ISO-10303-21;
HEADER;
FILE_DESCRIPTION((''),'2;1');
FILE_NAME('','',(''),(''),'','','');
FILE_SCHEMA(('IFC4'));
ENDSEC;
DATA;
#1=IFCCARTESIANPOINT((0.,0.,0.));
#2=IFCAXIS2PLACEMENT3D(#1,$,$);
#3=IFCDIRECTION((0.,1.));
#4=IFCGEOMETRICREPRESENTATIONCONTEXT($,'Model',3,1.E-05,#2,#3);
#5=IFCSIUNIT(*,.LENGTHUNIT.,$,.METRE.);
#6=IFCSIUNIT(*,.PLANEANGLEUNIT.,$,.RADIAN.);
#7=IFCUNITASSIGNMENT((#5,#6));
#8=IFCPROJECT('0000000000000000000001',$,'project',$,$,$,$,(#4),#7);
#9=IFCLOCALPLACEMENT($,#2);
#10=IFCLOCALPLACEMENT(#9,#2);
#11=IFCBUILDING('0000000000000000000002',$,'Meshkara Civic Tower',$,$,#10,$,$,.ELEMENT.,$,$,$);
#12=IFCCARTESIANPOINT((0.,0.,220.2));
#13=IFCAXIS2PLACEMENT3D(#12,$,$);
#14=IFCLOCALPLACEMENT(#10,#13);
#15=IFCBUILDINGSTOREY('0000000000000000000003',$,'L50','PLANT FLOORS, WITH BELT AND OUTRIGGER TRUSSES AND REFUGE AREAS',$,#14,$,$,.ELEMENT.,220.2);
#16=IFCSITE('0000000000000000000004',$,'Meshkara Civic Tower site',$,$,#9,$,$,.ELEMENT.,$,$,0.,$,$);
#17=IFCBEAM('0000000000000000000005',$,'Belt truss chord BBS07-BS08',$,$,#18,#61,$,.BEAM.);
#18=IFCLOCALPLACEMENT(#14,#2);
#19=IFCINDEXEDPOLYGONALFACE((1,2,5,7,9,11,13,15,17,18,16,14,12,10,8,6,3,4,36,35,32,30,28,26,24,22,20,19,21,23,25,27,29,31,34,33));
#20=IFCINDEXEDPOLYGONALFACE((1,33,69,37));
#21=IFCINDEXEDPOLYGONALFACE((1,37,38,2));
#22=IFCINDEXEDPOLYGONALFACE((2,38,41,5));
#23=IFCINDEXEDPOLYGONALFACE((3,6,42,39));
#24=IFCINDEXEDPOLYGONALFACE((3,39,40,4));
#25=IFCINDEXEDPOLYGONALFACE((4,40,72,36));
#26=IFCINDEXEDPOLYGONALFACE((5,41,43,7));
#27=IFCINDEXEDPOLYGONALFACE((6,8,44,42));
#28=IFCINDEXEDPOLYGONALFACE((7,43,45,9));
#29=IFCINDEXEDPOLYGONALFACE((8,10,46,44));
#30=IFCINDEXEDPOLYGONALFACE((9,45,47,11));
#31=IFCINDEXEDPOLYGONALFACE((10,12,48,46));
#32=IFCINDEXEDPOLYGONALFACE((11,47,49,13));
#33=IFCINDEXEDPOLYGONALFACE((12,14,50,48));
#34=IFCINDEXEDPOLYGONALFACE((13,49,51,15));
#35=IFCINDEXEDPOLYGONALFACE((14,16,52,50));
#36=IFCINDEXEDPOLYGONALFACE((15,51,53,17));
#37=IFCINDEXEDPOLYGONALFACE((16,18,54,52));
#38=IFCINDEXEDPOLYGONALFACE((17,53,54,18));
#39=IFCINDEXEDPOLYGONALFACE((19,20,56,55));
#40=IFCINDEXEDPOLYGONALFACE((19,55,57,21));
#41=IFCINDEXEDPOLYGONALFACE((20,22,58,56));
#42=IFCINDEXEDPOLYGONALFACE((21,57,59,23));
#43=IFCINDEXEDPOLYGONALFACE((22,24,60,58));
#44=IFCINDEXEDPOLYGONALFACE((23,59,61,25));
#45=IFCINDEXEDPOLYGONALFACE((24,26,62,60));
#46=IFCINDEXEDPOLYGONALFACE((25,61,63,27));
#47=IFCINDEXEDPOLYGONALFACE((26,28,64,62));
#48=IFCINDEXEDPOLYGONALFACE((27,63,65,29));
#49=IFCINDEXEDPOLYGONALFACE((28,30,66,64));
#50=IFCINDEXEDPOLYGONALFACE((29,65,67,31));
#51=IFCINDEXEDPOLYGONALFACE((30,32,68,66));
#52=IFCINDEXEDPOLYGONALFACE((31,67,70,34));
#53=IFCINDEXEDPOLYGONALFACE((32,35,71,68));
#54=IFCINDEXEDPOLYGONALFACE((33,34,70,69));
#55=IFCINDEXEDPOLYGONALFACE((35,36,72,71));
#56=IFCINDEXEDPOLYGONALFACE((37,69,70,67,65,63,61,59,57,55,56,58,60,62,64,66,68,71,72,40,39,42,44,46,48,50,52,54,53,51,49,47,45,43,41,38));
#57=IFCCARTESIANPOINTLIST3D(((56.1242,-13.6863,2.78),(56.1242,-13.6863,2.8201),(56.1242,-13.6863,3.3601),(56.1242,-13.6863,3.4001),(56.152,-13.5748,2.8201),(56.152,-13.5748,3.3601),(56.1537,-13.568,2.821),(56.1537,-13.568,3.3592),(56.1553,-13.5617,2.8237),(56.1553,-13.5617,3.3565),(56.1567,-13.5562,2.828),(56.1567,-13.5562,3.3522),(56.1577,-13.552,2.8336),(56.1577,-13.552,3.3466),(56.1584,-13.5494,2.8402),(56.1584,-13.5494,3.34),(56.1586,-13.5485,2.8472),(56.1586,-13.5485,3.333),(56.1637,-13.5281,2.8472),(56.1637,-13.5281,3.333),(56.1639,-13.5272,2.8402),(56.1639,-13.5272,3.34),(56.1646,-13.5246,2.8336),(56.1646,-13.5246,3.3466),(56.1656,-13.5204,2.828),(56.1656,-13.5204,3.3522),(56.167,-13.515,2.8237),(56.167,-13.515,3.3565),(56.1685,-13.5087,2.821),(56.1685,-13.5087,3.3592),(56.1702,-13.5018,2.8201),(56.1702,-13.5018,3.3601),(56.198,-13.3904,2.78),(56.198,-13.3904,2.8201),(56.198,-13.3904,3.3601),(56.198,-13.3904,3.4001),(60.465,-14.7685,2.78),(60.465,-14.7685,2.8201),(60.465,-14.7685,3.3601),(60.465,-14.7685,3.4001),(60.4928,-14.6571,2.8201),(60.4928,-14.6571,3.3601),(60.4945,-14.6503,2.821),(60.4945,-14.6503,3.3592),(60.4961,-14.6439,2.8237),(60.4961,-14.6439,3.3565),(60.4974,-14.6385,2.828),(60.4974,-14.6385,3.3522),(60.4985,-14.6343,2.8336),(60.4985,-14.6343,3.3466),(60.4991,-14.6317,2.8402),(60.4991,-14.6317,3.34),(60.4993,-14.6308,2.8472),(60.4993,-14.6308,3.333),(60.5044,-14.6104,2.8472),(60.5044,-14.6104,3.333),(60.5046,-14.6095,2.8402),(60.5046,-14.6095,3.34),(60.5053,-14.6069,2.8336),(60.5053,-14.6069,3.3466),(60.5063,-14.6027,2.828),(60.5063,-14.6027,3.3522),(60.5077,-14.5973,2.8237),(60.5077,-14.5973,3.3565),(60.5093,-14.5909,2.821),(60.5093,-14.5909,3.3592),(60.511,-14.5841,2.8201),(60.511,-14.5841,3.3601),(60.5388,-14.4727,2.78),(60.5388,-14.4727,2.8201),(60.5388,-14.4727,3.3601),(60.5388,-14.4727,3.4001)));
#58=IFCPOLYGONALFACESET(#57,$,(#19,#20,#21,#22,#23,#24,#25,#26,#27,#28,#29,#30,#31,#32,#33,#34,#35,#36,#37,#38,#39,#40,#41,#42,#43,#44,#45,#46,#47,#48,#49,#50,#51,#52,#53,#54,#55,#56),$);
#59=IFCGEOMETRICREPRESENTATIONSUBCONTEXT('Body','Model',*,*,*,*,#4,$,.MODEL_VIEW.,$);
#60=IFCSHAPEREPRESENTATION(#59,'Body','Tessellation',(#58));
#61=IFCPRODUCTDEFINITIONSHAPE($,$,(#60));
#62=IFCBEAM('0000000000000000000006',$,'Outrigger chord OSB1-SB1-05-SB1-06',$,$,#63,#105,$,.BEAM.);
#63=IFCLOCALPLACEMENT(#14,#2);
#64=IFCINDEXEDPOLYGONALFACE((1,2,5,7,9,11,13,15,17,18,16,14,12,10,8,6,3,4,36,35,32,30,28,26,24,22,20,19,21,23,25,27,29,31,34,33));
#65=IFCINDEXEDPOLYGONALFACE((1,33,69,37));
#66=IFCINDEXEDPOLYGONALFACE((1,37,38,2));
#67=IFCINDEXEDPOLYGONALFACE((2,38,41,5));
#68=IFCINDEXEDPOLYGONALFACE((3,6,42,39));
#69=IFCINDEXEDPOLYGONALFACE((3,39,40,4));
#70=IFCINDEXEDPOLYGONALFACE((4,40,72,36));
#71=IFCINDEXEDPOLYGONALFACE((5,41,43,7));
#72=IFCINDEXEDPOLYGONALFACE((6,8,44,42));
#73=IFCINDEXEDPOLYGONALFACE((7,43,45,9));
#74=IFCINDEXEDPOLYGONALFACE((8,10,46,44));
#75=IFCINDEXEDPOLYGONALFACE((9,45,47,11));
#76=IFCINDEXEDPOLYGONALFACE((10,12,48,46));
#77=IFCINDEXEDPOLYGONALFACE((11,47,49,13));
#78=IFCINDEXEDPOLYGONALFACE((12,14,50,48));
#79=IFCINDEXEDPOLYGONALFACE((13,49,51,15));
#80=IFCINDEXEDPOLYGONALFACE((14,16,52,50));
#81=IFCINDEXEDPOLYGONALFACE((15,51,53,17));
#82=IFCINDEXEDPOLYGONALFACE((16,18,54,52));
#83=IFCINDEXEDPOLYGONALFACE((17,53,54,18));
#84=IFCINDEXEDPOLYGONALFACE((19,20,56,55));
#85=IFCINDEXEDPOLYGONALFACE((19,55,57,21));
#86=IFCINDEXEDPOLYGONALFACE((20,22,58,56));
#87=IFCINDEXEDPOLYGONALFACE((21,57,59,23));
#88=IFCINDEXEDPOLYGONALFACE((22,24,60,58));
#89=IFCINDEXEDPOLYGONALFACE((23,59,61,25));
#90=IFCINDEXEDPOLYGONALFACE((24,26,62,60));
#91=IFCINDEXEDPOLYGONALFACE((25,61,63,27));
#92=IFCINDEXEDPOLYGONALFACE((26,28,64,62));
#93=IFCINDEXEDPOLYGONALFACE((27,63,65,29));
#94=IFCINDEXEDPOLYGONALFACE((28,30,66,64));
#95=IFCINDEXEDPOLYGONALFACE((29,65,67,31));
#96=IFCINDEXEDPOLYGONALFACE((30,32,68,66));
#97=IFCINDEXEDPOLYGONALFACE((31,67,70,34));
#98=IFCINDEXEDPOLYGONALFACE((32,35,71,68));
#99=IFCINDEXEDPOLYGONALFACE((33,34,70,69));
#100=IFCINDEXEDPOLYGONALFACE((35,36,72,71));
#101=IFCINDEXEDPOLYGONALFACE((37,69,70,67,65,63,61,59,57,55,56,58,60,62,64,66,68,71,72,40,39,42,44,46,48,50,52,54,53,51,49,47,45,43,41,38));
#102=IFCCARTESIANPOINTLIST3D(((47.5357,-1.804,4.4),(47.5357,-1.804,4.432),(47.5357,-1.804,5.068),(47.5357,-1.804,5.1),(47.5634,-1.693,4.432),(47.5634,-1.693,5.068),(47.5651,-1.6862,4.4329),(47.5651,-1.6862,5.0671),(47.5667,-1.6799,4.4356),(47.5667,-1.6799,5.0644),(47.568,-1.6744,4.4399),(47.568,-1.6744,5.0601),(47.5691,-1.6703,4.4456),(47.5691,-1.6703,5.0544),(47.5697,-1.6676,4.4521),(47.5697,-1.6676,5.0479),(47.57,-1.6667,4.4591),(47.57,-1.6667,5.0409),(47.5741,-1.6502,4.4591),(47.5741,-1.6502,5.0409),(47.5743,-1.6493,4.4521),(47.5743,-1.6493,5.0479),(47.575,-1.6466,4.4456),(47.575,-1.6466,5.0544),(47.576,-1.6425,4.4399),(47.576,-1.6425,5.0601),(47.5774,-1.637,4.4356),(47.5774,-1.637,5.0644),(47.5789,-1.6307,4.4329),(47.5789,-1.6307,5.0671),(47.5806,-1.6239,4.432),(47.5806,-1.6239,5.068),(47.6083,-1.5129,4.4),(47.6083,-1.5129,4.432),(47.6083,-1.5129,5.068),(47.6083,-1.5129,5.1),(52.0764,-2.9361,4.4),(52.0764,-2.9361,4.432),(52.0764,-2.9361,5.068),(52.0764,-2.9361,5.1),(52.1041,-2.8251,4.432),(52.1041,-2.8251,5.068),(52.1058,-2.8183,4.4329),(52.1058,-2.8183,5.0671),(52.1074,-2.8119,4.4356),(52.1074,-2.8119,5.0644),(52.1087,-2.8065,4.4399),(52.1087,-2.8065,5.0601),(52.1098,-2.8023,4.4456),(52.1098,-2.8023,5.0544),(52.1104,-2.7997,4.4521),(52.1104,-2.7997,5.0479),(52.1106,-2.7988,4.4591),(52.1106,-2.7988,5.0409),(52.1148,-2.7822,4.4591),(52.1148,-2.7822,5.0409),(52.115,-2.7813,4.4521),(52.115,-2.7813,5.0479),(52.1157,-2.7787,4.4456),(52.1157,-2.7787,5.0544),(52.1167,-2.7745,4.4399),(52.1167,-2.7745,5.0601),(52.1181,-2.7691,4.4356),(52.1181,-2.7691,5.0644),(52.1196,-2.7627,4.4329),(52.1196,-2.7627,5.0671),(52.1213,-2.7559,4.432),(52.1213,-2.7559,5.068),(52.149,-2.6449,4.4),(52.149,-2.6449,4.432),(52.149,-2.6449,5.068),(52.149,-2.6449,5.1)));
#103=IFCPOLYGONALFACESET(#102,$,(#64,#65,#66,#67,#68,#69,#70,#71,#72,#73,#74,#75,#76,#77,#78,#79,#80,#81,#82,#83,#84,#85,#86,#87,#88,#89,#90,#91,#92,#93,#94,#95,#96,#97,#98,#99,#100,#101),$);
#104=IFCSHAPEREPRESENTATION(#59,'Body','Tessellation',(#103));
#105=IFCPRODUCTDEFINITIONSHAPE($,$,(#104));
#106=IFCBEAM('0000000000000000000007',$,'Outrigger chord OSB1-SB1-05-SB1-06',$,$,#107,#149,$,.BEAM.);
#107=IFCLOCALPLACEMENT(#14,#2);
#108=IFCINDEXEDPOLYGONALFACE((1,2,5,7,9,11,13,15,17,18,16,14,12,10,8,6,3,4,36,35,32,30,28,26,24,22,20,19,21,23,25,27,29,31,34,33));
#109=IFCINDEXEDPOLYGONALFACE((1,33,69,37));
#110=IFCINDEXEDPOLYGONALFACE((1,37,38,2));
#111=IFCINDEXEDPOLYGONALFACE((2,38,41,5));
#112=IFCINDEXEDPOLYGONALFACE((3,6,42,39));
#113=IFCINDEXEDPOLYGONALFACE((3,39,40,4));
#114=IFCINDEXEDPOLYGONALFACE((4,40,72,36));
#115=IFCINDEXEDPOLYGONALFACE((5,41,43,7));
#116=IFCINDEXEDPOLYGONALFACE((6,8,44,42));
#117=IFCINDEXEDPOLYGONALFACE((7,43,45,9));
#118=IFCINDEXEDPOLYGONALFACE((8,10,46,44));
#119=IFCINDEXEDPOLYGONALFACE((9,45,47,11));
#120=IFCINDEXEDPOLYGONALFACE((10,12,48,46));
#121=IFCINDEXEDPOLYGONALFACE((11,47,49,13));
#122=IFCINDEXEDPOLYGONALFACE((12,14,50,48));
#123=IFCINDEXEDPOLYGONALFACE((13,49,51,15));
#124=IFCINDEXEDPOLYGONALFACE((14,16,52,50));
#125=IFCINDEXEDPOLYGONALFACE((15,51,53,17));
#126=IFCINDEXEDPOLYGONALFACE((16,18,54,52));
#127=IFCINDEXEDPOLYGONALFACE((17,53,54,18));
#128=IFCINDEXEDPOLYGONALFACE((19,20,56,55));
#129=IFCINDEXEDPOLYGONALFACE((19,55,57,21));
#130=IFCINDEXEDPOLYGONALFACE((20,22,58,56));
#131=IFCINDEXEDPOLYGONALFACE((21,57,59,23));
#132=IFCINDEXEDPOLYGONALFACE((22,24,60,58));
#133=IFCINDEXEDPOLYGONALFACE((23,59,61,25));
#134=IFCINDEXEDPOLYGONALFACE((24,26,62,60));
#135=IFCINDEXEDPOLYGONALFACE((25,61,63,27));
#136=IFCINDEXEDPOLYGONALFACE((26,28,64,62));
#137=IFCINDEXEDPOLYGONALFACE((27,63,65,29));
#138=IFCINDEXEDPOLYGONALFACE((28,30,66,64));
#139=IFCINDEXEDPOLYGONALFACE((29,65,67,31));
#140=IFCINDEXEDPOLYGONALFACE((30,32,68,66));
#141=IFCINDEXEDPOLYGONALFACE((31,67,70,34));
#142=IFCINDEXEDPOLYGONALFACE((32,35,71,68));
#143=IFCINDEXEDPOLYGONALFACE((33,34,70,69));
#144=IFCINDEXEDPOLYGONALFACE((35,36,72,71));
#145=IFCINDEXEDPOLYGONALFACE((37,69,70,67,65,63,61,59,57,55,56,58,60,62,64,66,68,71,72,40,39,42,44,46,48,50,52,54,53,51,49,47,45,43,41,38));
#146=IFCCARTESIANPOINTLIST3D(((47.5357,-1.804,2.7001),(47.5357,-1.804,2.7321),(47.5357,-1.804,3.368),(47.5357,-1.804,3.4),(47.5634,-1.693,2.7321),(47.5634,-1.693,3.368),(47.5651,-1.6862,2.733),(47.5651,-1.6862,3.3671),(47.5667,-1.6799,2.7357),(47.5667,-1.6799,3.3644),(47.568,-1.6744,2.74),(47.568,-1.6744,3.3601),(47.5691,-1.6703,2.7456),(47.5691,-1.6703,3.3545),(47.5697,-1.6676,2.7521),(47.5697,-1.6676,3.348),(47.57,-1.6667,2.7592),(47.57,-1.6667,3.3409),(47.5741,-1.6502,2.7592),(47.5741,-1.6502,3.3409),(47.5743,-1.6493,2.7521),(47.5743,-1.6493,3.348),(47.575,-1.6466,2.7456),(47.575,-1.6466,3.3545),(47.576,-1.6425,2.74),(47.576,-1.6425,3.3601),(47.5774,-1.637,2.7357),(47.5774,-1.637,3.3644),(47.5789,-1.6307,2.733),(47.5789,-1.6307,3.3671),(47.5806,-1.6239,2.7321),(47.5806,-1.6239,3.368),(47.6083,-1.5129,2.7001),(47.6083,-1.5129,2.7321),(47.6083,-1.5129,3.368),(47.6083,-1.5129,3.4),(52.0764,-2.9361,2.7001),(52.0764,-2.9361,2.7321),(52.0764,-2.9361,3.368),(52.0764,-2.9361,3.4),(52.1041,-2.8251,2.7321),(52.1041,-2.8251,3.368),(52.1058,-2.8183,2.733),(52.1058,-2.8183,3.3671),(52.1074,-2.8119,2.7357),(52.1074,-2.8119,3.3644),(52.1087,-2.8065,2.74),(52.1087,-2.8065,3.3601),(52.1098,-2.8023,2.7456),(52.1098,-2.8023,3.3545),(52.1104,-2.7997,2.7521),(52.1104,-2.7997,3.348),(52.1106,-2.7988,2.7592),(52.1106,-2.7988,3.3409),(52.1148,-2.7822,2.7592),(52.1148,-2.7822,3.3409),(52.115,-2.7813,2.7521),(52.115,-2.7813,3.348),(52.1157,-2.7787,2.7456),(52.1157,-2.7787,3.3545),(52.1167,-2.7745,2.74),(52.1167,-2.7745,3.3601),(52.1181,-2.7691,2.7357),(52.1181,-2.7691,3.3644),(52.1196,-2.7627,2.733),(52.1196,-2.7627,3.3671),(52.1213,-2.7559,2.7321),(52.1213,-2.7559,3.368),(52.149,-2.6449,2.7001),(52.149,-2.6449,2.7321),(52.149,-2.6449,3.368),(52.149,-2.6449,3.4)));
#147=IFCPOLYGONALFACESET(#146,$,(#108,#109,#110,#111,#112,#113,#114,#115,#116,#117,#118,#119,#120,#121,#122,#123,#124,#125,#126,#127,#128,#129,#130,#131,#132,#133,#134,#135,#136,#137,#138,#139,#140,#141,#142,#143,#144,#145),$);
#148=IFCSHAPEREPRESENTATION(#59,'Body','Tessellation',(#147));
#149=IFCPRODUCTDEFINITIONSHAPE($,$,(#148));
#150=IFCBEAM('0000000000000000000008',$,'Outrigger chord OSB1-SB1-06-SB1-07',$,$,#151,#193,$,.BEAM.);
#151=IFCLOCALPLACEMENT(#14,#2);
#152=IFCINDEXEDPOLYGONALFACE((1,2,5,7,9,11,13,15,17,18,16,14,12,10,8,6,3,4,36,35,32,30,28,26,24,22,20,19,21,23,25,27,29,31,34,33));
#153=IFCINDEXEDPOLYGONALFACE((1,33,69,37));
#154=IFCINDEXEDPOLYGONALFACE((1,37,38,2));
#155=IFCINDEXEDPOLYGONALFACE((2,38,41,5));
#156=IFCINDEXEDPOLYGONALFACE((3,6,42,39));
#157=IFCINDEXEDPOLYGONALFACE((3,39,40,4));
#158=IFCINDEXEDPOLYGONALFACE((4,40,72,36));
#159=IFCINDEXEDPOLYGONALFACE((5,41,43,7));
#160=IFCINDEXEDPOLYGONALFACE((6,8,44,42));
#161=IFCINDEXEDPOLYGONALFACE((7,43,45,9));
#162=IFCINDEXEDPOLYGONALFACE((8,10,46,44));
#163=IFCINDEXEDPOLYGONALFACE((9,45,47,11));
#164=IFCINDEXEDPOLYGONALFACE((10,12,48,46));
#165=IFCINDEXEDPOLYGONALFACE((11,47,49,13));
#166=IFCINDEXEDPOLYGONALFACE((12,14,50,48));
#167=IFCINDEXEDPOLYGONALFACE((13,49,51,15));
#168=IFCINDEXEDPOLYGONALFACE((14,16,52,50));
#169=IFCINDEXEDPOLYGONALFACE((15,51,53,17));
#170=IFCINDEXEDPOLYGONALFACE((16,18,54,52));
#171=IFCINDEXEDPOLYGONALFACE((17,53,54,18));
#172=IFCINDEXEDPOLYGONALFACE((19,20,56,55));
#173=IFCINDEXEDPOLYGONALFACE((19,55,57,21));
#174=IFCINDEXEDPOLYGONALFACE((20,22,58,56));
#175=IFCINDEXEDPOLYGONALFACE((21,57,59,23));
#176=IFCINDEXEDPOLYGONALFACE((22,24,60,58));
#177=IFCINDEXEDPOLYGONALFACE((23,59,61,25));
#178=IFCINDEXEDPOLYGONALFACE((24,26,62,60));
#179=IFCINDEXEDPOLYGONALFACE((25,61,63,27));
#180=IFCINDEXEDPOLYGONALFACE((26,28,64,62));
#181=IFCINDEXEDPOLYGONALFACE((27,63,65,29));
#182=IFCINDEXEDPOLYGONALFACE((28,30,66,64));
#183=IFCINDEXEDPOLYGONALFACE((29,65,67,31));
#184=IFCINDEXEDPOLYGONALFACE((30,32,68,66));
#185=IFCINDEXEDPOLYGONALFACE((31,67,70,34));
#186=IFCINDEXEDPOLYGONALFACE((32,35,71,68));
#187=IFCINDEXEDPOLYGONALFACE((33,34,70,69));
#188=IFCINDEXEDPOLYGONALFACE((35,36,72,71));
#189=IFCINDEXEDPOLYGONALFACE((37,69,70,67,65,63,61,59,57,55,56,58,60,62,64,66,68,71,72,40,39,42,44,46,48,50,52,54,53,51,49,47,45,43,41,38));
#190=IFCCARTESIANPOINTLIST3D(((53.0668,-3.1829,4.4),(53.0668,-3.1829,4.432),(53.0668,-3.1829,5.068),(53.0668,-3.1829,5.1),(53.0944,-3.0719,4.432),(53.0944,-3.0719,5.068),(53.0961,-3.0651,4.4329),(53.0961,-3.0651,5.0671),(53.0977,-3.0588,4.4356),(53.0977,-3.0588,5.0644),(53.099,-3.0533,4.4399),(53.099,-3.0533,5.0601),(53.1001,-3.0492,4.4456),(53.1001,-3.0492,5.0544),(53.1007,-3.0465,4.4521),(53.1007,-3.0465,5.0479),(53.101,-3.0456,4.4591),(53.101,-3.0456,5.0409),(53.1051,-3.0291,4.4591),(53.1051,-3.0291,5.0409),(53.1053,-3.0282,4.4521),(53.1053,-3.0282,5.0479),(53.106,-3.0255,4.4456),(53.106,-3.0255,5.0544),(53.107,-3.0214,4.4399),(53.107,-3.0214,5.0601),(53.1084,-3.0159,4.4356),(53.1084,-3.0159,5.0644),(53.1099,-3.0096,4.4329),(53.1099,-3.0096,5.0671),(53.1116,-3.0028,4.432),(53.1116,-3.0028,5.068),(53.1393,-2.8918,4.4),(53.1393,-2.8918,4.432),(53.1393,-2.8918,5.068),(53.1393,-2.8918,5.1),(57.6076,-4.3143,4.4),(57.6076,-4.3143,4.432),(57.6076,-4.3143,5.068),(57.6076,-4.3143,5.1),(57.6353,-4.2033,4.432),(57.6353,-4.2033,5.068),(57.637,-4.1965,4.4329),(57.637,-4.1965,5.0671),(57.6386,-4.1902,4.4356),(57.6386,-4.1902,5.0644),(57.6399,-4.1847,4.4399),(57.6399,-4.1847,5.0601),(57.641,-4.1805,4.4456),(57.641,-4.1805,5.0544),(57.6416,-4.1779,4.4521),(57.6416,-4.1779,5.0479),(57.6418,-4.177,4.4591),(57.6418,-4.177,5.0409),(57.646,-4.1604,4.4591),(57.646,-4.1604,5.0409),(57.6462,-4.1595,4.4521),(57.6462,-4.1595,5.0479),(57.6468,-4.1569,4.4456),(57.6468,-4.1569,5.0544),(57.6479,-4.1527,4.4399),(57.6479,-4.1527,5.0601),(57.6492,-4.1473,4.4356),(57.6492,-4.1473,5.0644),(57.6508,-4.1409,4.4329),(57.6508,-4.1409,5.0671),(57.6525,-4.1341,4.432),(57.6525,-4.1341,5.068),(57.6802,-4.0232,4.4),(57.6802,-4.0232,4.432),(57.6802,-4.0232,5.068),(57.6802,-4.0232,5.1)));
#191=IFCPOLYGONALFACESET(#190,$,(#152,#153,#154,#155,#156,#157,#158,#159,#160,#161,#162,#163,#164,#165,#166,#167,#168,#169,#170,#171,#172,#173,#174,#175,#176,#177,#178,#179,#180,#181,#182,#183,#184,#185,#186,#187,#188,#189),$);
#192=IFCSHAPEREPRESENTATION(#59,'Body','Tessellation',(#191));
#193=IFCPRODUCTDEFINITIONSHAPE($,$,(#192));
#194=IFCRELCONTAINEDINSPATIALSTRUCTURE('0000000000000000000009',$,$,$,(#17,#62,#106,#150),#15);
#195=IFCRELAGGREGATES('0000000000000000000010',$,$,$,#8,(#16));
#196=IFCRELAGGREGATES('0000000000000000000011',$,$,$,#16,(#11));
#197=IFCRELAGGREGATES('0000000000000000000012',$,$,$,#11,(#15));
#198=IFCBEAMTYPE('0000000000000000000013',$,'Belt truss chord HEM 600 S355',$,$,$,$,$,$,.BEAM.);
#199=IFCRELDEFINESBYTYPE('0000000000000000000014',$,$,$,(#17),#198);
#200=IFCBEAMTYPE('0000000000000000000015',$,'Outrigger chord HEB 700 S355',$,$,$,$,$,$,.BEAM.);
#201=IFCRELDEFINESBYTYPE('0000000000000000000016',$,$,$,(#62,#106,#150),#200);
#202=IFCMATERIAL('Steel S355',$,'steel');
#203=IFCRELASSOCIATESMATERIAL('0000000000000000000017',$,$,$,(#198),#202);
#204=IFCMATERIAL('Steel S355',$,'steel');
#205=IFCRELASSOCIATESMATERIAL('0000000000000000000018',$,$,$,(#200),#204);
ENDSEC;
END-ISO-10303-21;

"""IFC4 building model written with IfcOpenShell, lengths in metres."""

from ifc_helpers import new_model, si_unit, direction, frame, origin, origin_2d, place, context, subcontext, project, spatial, i_section, extrude, material, material_profile, profile_set, type_object, element, save


model = new_model("IFC4")

# Units and contexts
model_context = context("Model", 3, precision=1e-05, world=origin(), true_north=direction((0.0, 1.0)))
body_context = subcontext(model_context, "Body", "Model", "MODEL_VIEW")
ifc_project = project(units=[si_unit("LENGTHUNIT", "METRE"), si_unit("PLANEANGLEUNIT", "RADIAN")], contexts=[model_context])

# Site, building, storey
site_placement = place(None, origin())
site = spatial("IfcSite", under=ifc_project, at=site_placement, Name="Meshkara Civic Tower site", CompositionType="ELEMENT", RefElevation=0.0)
building_placement = place(site_placement, origin())
building = spatial("IfcBuilding", under=site, at=building_placement, Name="Meshkara Civic Tower", CompositionType="ELEMENT")
storey_placement = place(building_placement, frame((0.0, 0.0, 220.2)))
storey = spatial("IfcBuildingStorey", under=building, at=storey_placement, Name="L50", Description="PLANT FLOORS, WITH BELT AND OUTRIGGER TRUSSES AND REFUGE AREAS", CompositionType="ELEMENT", Elevation=220.2)

# Beams
ifc_material_1 = material(Name="Steel S355", Category="steel")
ifc_material_profile_1 = material_profile(ifc_material_1, i_section(OverallWidth=0.3049, OverallDepth=0.6201, WebThickness=0.021, FlangeThickness=0.04, FilletRadius=0.0271, at=origin_2d()))
ifc_profile_set_1 = profile_set([ifc_material_profile_1], Name="Steel S355")
beam_type_1 = type_object("IfcBeamType", Name="Belt truss chord HEM 600 S355", PredefinedType="BEAM", material=ifc_profile_set_1)
for number, where, z_axis, x_axis, name in (
    (1, (56.1611, -13.5383, 3.0901), (0.970296, -0.241919, 0.0), (0.241919, 0.970296, 0.0), "Belt truss chord BBS07-BS08"),
):
    element("IfcBeam", number, at=place(storey_placement, frame(where, z_axis=z_axis, x_axis=x_axis)), inside=storey, type_object=beam_type_1, Name=name, PredefinedType="BEAM", context=body_context, shape_type="SweptSolid", body=[
        extrude(i_section(OverallWidth=0.3049, OverallDepth=0.6201, WebThickness=0.021, FlangeThickness=0.04, FilletRadius=0.0271, at=origin_2d()), origin(), (0.0, 0.0, 1.0), 4.4736),
    ])
ifc_material_2 = material(Name="Steel S355", Category="steel")
ifc_material_profile_2 = material_profile(ifc_material_2, i_section(OverallWidth=0.3, OverallDepth=0.7, WebThickness=0.0171, FlangeThickness=0.032, FilletRadius=0.0271, at=origin_2d()))
ifc_profile_set_2 = profile_set([ifc_material_profile_2], Name="Steel S355")
beam_type_2 = type_object("IfcBeamType", Name="Outrigger chord HEB 700 S355", PredefinedType="BEAM", material=ifc_profile_set_2)
for number, where, z_axis, x_axis, name in (
    (2, (47.572, -1.6584, 4.75), (0.970299, -0.24191, 0.0), (0.24191, 0.970299, 0.0), "Outrigger chord OSB1-SB1-05-SB1-06"),
    (3, (47.572, -1.6584, 3.05), (0.970299, -0.24191, 0.0), (0.24191, 0.970299, 0.0), "Outrigger chord OSB1-SB1-05-SB1-06"),
    (4, (53.103, -3.0374, 4.75), (0.970336, -0.241762, 0.0), (0.241762, 0.970336, 0.0), "Outrigger chord OSB1-SB1-06-SB1-07"),
):
    element("IfcBeam", number, at=place(storey_placement, frame(where, z_axis=z_axis, x_axis=x_axis)), inside=storey, type_object=beam_type_2, Name=name, PredefinedType="BEAM", context=body_context, shape_type="SweptSolid", body=[
        extrude(i_section(OverallWidth=0.3, OverallDepth=0.7, WebThickness=0.0171, FlangeThickness=0.032, FilletRadius=0.0271, at=origin_2d()), origin(), (0.0, 0.0, 1.0), 4.6797),
    ])

save(model, "model.ifc")
